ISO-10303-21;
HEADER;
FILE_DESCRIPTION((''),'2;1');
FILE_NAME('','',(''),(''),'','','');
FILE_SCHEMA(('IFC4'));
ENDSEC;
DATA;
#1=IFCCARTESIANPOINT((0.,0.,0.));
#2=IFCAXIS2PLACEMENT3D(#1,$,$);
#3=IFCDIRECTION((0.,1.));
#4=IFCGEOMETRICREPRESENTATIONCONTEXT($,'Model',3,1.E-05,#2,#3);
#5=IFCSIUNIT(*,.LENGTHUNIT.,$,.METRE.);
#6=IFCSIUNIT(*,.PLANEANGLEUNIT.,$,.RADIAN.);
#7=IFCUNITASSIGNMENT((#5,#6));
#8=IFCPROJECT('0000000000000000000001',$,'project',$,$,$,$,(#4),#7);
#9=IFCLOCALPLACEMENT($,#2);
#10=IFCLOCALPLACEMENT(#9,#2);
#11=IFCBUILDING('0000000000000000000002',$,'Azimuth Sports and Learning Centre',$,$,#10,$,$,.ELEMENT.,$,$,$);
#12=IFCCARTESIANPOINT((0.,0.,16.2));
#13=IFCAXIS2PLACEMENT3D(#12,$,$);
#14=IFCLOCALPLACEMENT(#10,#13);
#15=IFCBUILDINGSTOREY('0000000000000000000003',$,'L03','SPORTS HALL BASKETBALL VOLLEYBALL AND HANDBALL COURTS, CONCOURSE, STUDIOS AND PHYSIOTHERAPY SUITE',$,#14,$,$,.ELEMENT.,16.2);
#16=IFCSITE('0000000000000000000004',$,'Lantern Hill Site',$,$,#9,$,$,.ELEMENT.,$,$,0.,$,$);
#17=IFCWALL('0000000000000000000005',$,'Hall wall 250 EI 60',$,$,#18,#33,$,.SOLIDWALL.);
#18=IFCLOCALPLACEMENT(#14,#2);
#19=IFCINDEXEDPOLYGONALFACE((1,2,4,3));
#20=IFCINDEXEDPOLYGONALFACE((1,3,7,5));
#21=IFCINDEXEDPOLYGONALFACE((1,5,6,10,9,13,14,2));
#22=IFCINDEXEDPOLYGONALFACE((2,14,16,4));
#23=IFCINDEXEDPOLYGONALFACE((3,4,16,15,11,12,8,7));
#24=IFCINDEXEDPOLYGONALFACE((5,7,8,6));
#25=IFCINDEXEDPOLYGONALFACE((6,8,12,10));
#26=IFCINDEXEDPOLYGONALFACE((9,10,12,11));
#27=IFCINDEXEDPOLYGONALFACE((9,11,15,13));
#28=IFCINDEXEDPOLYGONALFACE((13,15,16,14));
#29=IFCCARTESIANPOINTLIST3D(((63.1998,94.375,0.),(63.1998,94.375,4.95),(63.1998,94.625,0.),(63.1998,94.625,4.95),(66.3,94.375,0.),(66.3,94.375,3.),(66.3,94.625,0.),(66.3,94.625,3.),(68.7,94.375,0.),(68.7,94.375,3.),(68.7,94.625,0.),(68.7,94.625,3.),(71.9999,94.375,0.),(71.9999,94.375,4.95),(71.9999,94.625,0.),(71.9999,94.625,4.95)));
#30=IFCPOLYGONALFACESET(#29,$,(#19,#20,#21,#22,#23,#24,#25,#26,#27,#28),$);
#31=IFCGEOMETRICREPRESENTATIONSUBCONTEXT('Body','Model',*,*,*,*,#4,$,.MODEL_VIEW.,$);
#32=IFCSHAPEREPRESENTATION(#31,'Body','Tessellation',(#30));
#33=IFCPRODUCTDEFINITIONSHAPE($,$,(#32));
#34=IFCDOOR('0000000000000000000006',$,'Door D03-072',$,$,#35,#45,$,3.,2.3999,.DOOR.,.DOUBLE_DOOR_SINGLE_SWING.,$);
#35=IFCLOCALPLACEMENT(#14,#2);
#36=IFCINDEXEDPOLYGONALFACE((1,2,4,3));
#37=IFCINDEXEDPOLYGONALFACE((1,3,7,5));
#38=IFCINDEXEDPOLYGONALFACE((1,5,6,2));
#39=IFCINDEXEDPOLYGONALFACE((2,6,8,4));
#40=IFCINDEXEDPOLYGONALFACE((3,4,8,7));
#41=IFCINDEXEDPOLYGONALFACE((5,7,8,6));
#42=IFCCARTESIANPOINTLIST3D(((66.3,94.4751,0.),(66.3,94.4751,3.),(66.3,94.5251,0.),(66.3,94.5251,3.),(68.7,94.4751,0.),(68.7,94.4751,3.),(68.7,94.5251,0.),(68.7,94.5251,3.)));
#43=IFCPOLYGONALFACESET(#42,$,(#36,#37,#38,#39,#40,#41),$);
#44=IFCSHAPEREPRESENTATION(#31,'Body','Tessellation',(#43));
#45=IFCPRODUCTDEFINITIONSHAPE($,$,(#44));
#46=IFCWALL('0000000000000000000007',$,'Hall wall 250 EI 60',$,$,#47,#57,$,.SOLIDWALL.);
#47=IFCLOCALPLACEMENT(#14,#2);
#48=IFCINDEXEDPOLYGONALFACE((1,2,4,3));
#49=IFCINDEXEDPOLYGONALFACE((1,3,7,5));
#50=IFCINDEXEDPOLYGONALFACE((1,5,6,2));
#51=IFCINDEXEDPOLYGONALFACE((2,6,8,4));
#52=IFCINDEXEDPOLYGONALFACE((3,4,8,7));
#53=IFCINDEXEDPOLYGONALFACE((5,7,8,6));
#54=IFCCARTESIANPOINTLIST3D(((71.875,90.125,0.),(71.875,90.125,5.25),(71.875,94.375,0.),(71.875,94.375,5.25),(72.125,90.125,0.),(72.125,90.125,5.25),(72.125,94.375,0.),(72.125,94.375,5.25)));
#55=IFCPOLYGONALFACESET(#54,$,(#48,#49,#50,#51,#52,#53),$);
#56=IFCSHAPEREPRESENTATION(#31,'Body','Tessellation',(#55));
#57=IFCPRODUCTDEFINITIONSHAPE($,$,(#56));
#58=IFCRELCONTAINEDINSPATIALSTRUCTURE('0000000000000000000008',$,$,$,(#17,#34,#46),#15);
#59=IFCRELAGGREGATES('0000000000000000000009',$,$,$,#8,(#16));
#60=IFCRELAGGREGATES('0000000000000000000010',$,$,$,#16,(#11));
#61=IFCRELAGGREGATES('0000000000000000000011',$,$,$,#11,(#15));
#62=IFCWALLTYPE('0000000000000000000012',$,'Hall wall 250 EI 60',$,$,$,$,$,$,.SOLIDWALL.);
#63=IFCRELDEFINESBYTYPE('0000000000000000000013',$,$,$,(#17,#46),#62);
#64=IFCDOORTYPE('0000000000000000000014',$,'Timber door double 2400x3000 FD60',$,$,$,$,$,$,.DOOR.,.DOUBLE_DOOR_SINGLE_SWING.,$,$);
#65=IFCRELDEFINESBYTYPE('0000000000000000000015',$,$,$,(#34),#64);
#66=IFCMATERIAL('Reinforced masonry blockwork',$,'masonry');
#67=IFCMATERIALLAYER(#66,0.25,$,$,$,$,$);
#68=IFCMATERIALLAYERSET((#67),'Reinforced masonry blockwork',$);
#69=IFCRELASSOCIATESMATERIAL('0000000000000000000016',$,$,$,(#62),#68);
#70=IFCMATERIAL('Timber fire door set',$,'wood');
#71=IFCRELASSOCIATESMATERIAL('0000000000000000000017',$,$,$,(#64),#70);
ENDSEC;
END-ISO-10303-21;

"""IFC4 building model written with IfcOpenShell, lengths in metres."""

from ifc_helpers import new_model, si_unit, direction, frame, frame_2d, origin, place, context, subcontext, project, spatial, rectangle, extrude, material, layer, layer_set, type_object, element, fill, save


model = new_model("IFC4")

# Units and contexts
model_context = context("Model", 3, precision=1e-05, world=origin(), true_north=direction((0.0, 1.0)))
body_context = subcontext(model_context, "Body", "Model", "MODEL_VIEW")
ifc_project = project(units=[si_unit("LENGTHUNIT", "METRE"), si_unit("PLANEANGLEUNIT", "RADIAN")], contexts=[model_context])

# Site, building, storey
site_placement = place(None, origin())
site = spatial("IfcSite", under=ifc_project, at=site_placement, Name="Lantern Hill Site", CompositionType="ELEMENT", RefElevation=0.0)
building_placement = place(site_placement, origin())
building = spatial("IfcBuilding", under=site, at=building_placement, Name="Azimuth Sports and Learning Centre", CompositionType="ELEMENT")
storey_placement = place(building_placement, frame((0.0, 0.0, 16.2)))
storey = spatial("IfcBuildingStorey", under=building, at=storey_placement, Name="L03", Description="SPORTS HALL BASKETBALL VOLLEYBALL AND HANDBALL COURTS, CONCOURSE, STUDIOS AND PHYSIOTHERAPY SUITE", CompositionType="ELEMENT", Elevation=16.2)

# Shared definitions
ifc_material_1 = material(Name="Reinforced masonry blockwork", Category="masonry")
ifc_layer = layer(ifc_material_1, 0.25)
ifc_layer_set = layer_set([ifc_layer], Name="Reinforced masonry blockwork")
wall_type = type_object("IfcWallType", Name="Hall wall 250 EI 60", PredefinedType="SOLIDWALL", material=ifc_layer_set)

# Wall, opening, door
wall_1_placement = place(storey_placement, frame((63.2, 94.5, 0.0), z_axis=(0.0, 0.0, 1.0), x_axis=(1.0, 0.0, 0.0)))
wall_1 = element("IfcWall", 1, at=wall_1_placement, inside=storey, type_object=wall_type, Name="Hall wall 250 EI 60", PredefinedType="SOLIDWALL", context=body_context, shape_type="SweptSolid", body=[
    extrude(rectangle(XDim=8.8, YDim=0.25, at=frame_2d((4.3999, 0.0))), origin(), (0.0, 0.0, 1.0), 4.95),
])
opening_1_placement = place(wall_1_placement, frame((3.1001, 0.0, 0.0)))
opening_1 = element("IfcOpeningElement", 2, at=opening_1_placement, cuts=wall_1, PredefinedType="OPENING", context=body_context, shape_type="SweptSolid", body=[
    extrude(rectangle(XDim=2.3999, YDim=3.0, at=frame_2d((1.2, 1.5))), frame((0.0, 0.136, 0.0), z_axis=(0.0, -1.0, 0.0), x_axis=(1.0, 0.0, 0.0)), (0.0, 0.0, 1.0), 0.272),
])
ifc_material_2 = material(Name="Timber fire door set", Category="wood")
door_type_1 = type_object("IfcDoorType", Name="Timber door double 2400x3000 FD60", OperationType="DOUBLE_DOOR_SINGLE_SWING", PredefinedType="DOOR", material=ifc_material_2)
door_1_placement = place(opening_1_placement, frame((2.3999, 0.0, 0.0), z_axis=(0.0, 0.0, 1.0), x_axis=(-1.0, 0.0, 0.0)))
door_1 = element("IfcDoor", 3, at=door_1_placement, inside=storey, type_object=door_type_1, Name="Door D03-072", OperationType="DOUBLE_DOOR_SINGLE_SWING", OverallHeight=3.0, OverallWidth=2.3999, PredefinedType="DOOR", context=body_context, shape_type="SweptSolid", body=[
    extrude(rectangle(XDim=2.3999, YDim=3.0, at=frame_2d((1.2, 1.5))), frame((0.0, 0.0249, 0.0), z_axis=(0.0, -1.0, 0.0), x_axis=(1.0, 0.0, 0.0)), (0.0, 0.0, 1.0), 0.05),
])
fill(opening_1, door_1)

# Wall
wall_2_placement = place(storey_placement, frame((72.0, 90.125, 0.0), z_axis=(0.0, 0.0, 1.0), x_axis=(0.0, 1.0, 0.0)))
element("IfcWall", 4, at=wall_2_placement, inside=storey, type_object=wall_type, Name="Hall wall 250 EI 60", PredefinedType="SOLIDWALL", context=body_context, shape_type="SweptSolid", body=[
    extrude(rectangle(XDim=4.25, YDim=0.25, at=frame_2d((2.125, 0.0))), origin(), (0.0, 0.0, 1.0), 5.25),
])

save(model, "model.ifc")
